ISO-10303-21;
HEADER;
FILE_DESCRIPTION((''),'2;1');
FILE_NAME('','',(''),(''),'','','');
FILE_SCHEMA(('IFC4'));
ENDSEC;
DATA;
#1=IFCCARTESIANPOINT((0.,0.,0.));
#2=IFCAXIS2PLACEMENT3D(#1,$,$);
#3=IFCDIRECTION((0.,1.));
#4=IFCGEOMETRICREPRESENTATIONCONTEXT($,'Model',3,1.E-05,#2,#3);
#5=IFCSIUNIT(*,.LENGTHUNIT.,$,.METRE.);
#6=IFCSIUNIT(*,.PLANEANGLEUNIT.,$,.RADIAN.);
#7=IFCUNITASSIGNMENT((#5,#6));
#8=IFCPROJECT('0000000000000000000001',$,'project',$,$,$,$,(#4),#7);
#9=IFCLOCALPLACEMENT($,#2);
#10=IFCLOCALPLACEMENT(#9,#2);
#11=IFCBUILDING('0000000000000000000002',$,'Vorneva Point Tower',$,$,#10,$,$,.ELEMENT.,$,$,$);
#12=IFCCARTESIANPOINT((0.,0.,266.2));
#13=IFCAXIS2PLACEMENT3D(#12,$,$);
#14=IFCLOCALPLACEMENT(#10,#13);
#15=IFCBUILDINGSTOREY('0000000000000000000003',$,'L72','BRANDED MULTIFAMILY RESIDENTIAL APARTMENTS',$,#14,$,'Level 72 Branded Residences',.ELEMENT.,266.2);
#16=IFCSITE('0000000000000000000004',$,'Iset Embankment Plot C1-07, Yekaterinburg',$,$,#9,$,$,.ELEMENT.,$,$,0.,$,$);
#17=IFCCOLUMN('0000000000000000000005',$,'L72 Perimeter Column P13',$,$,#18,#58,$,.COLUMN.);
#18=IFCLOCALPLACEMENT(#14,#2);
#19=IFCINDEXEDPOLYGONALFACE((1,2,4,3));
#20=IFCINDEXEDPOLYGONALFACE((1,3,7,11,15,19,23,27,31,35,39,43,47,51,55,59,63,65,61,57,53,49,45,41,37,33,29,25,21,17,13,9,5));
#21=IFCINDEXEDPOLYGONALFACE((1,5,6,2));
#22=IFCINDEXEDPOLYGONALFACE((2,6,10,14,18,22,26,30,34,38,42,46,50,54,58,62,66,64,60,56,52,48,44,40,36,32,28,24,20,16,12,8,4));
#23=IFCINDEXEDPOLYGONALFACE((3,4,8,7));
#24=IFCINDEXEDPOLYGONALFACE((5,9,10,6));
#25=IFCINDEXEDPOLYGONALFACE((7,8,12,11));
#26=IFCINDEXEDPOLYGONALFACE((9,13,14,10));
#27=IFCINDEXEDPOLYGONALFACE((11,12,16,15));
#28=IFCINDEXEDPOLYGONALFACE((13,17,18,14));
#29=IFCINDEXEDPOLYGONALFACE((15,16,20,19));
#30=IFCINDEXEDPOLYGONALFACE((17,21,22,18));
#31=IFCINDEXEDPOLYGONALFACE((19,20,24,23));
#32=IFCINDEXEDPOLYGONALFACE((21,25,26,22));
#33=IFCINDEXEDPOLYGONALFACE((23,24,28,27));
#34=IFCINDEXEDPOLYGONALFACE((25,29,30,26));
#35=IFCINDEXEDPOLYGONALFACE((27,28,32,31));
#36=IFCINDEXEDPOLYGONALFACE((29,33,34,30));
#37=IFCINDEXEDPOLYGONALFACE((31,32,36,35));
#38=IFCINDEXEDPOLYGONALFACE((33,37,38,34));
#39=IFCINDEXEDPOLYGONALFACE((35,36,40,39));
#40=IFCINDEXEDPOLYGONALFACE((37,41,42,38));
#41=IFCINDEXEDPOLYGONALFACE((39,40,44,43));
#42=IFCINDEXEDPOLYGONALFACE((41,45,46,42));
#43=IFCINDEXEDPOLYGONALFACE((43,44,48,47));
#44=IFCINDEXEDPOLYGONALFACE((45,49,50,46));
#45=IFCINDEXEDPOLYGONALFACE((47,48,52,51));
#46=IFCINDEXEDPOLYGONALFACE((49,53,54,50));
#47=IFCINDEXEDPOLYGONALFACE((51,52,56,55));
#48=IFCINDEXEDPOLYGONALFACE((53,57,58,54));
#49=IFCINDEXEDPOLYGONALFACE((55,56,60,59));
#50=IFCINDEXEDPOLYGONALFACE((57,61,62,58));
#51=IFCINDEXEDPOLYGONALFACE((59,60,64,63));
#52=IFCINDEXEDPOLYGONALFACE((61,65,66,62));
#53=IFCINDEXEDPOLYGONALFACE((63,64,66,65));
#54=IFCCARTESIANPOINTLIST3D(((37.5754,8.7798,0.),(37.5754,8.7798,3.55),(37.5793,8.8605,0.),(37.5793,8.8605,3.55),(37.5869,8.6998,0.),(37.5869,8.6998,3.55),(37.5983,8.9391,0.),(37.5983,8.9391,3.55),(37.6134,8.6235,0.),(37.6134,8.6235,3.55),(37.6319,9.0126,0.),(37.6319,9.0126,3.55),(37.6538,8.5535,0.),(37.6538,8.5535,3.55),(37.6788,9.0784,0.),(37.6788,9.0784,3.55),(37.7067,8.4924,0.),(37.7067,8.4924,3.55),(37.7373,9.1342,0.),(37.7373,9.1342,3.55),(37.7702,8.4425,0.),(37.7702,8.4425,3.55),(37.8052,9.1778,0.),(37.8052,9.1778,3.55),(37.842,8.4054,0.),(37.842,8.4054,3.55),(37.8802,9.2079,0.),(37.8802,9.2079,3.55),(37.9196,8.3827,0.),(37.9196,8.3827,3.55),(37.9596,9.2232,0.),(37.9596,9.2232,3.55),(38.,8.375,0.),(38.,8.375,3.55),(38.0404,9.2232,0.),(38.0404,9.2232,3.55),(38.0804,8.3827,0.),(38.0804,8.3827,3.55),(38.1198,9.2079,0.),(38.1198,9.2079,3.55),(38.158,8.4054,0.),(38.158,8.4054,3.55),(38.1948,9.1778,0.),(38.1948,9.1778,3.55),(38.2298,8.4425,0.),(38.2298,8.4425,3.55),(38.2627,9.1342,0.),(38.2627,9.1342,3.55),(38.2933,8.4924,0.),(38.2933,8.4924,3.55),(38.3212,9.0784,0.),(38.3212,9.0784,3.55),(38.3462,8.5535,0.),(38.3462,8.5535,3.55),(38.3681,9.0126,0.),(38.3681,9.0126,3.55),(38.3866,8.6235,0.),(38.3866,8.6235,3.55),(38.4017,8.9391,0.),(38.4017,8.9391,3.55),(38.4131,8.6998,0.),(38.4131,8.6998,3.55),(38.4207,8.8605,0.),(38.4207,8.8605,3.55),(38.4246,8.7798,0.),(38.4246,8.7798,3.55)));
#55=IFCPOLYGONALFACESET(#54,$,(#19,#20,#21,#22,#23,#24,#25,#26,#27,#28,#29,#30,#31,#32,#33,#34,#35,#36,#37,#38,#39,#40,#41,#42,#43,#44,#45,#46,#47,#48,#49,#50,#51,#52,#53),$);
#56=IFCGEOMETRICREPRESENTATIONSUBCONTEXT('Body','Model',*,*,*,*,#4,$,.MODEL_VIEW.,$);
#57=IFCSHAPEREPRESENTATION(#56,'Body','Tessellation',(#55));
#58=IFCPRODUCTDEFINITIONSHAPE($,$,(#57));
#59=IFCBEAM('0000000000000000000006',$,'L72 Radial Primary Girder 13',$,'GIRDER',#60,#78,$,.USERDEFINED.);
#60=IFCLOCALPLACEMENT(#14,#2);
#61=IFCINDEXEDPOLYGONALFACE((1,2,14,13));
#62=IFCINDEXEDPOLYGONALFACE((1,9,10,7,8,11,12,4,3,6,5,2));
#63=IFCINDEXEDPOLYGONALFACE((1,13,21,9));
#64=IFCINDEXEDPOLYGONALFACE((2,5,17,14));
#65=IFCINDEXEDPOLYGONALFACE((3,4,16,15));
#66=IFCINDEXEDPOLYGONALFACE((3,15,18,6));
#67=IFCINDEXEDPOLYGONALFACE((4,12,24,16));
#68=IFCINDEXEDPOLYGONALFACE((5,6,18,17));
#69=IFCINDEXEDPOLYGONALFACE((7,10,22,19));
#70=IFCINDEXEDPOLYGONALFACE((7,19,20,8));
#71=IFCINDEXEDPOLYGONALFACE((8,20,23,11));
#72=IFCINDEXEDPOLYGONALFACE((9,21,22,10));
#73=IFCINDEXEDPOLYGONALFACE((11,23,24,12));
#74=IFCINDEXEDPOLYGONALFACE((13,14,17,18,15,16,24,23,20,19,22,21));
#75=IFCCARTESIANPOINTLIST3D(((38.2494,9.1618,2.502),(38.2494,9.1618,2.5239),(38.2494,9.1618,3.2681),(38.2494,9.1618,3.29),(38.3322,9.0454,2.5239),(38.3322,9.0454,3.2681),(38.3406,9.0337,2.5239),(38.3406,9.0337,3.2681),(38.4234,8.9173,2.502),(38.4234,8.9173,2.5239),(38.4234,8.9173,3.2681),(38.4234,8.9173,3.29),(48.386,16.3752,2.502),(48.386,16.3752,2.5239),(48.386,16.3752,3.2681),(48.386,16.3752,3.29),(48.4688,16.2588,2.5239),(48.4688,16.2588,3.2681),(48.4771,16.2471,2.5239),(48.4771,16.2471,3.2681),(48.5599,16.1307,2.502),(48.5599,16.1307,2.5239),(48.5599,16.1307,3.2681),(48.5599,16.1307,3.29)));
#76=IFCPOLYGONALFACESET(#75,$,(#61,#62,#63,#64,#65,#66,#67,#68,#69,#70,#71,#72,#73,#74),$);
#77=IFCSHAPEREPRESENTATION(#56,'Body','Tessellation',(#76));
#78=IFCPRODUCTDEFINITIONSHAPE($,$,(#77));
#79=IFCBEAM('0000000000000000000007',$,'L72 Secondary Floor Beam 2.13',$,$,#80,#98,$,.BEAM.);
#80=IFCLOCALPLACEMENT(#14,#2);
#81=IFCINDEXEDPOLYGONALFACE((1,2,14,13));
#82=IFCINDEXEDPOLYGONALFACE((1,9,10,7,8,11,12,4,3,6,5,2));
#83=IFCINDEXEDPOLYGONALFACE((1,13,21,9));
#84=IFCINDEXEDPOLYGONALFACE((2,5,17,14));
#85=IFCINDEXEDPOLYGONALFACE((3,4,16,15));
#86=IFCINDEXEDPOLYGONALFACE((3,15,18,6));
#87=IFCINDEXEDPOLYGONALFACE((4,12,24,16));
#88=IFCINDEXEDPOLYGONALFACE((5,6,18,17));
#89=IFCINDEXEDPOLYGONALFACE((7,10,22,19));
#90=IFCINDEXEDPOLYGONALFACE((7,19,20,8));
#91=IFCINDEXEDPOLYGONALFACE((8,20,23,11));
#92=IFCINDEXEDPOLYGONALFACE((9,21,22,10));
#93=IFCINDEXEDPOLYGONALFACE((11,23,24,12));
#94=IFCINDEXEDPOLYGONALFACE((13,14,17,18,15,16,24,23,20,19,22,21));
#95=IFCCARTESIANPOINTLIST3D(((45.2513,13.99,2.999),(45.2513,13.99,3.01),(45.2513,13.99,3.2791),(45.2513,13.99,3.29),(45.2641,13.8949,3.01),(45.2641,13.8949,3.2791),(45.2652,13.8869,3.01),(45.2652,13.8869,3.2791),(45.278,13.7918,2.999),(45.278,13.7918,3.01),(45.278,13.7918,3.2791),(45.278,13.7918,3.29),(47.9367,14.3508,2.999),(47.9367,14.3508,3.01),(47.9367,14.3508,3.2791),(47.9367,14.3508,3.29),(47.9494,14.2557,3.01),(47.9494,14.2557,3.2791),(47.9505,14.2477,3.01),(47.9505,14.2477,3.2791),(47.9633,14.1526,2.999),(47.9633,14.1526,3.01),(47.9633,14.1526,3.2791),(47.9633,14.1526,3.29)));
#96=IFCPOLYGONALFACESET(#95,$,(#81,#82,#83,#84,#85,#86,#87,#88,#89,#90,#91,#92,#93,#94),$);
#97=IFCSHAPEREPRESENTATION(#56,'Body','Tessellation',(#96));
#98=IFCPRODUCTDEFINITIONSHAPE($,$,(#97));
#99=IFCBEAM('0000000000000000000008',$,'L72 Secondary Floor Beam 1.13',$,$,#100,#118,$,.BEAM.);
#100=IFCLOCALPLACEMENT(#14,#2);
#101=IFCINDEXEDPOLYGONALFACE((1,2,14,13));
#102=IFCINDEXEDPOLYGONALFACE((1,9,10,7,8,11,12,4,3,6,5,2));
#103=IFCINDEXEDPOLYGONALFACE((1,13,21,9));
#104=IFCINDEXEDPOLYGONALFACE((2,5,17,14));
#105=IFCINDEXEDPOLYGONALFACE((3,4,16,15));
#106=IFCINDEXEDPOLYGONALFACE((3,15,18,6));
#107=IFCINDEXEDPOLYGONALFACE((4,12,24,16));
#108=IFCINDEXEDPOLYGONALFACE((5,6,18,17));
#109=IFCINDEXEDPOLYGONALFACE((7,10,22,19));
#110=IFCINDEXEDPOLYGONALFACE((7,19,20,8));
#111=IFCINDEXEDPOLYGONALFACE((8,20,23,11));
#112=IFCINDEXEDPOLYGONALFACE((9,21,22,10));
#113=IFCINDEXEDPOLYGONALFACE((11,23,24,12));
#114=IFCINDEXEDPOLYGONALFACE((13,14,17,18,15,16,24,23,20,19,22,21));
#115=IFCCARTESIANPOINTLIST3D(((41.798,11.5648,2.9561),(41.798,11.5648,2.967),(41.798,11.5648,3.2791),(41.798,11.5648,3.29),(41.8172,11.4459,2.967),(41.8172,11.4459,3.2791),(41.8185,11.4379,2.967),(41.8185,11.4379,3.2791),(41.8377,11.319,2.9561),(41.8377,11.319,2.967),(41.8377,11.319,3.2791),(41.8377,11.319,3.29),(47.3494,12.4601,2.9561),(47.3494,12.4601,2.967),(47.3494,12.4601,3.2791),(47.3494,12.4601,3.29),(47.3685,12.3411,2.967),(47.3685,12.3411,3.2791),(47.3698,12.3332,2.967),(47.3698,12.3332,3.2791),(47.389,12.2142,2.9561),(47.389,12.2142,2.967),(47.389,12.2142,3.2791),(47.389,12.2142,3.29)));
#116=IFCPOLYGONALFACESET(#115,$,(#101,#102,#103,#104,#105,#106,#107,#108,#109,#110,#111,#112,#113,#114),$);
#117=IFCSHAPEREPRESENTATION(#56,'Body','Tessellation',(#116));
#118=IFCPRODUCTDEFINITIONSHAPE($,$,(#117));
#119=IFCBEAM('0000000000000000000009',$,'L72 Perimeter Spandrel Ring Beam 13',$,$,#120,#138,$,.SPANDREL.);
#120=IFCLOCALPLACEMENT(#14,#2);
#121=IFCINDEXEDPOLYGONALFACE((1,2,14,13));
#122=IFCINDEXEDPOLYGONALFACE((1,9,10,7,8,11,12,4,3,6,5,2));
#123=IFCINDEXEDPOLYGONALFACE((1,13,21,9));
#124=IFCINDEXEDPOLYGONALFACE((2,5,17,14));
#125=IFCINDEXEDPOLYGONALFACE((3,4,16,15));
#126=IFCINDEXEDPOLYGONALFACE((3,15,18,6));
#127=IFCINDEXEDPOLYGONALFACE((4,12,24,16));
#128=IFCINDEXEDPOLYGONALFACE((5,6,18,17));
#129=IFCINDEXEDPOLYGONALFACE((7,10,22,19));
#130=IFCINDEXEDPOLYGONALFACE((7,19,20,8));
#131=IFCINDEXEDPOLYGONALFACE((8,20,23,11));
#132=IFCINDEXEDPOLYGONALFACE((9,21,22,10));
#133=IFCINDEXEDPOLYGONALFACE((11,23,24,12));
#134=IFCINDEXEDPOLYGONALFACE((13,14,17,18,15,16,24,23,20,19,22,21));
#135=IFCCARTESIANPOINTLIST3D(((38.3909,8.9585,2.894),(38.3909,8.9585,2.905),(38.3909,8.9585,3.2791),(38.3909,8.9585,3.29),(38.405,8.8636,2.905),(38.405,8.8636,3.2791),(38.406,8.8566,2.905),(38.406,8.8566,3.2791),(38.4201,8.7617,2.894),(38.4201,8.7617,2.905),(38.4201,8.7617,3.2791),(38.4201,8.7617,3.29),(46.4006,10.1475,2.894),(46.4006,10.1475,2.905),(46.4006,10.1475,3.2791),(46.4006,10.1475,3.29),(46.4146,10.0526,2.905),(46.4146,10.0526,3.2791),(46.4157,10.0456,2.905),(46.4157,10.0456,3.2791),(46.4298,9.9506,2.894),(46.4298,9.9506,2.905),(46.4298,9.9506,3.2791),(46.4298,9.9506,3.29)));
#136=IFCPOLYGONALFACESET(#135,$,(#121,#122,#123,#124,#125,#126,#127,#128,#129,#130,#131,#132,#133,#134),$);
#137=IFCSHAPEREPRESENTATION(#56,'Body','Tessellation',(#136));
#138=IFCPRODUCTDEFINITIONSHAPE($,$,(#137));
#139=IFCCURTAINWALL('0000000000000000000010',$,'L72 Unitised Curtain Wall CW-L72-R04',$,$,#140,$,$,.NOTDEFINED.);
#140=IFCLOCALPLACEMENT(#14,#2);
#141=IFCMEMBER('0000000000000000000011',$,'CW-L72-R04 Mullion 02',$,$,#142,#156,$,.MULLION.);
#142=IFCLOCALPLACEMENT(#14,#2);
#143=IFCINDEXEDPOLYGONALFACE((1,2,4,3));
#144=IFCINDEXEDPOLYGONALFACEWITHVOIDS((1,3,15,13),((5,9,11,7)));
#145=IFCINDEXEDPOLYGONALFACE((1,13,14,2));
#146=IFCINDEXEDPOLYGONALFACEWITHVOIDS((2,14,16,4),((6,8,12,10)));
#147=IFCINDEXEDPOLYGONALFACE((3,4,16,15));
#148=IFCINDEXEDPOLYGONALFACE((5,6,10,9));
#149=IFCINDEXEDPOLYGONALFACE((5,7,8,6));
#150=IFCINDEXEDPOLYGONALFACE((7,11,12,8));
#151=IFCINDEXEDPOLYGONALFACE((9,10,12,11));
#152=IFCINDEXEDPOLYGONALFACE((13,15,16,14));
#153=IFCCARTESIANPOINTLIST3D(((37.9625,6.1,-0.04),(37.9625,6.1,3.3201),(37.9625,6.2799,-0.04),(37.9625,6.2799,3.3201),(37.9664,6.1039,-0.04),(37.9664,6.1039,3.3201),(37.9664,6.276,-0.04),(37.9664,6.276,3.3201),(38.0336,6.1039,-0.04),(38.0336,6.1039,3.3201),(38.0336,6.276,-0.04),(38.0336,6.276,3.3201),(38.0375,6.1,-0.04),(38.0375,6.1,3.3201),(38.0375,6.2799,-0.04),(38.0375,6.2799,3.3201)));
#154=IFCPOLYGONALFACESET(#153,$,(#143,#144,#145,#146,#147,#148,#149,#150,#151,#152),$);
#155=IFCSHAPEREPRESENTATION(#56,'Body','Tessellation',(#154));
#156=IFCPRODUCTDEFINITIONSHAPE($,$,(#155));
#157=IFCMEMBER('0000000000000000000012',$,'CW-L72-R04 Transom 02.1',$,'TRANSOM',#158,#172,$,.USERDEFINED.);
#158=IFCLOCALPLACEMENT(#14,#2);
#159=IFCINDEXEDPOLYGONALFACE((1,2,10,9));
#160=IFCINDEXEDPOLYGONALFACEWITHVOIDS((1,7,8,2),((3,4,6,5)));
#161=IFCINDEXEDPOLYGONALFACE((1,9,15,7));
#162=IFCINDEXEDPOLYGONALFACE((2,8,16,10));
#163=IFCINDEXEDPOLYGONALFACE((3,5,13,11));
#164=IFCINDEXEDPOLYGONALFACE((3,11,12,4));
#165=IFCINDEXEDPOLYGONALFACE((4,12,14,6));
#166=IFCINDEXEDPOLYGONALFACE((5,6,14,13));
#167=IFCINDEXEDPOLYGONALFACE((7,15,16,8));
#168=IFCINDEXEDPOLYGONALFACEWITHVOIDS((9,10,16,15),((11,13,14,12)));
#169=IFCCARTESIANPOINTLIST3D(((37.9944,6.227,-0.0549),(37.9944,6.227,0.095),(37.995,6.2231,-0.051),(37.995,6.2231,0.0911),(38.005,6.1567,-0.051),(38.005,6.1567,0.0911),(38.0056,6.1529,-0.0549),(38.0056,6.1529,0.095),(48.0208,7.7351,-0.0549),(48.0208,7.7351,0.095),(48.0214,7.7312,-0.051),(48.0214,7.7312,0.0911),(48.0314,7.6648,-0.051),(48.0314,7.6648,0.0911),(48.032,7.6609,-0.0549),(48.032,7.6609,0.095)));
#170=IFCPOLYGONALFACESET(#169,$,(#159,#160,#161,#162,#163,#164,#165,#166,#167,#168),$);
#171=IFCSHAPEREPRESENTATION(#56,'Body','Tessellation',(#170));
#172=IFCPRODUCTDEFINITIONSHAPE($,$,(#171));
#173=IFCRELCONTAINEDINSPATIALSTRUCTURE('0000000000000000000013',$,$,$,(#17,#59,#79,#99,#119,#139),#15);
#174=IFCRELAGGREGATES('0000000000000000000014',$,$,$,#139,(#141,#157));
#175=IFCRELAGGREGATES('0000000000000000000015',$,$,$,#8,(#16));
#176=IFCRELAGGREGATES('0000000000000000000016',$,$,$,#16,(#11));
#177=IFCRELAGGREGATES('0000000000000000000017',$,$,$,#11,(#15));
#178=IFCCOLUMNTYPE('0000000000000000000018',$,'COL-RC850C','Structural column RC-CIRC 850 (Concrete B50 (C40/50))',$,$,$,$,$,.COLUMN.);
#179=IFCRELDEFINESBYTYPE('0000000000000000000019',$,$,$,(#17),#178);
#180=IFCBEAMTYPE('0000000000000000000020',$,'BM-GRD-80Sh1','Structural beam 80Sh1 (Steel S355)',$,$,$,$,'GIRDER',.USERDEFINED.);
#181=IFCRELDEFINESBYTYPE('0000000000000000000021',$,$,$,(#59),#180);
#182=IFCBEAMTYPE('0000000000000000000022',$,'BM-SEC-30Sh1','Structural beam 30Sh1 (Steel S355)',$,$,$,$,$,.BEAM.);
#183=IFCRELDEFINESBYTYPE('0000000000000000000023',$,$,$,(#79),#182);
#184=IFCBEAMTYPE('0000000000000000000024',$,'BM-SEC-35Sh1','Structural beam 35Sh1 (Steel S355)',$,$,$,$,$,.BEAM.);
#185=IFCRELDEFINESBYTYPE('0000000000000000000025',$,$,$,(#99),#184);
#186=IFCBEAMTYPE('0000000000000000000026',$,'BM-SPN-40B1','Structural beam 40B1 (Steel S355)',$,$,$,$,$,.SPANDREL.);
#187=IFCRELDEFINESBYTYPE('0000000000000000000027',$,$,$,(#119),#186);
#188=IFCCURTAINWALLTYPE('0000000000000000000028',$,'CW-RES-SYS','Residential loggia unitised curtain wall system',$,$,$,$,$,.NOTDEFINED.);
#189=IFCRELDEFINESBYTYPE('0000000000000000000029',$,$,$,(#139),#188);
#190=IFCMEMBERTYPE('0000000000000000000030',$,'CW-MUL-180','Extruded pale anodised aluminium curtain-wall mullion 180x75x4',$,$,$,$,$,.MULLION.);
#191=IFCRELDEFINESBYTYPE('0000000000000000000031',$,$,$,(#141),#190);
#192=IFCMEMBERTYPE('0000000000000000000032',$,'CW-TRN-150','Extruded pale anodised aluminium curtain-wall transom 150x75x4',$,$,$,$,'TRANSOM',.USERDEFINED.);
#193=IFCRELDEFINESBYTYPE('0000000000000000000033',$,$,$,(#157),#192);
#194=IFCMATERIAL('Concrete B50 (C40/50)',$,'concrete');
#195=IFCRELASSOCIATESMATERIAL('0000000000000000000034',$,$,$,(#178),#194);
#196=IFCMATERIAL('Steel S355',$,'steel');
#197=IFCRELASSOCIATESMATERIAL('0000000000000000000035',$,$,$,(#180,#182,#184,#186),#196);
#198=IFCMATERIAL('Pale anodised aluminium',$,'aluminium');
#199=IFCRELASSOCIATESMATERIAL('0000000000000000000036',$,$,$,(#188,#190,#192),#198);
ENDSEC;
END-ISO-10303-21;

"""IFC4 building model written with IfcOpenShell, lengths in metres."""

from ifc_helpers import new_model, si_unit, direction, frame, origin, origin_2d, place, context, subcontext, project, spatial, hollow_rectangle, circle, i_section, extrude, material, material_profile, profile_set, type_object, element, aggregate, save


model = new_model("IFC4")

# Units and contexts
model_context = context("Model", 3, precision=1e-05, world=origin(), true_north=direction((0.0, 1.0)))
body_context = subcontext(model_context, "Body", "Model", "MODEL_VIEW")
ifc_project = project(units=[si_unit("LENGTHUNIT", "METRE"), si_unit("PLANEANGLEUNIT", "RADIAN")], contexts=[model_context])

# Site, building, storey
site_placement = place(None, origin())
site = spatial("IfcSite", under=ifc_project, at=site_placement, Name="Iset Embankment Plot C1-07, Yekaterinburg", CompositionType="ELEMENT", RefElevation=0.0)
building_placement = place(site_placement, origin())
building = spatial("IfcBuilding", under=site, at=building_placement, Name="Vorneva Point Tower", CompositionType="ELEMENT")
storey_placement = place(building_placement, frame((0.0, 0.0, 266.2)))
storey = spatial("IfcBuildingStorey", under=building, at=storey_placement, Name="L72", Description="BRANDED MULTIFAMILY RESIDENTIAL APARTMENTS", LongName="Level 72 Branded Residences", CompositionType="ELEMENT", Elevation=266.2)

# Column
ifc_material_1 = material(Name="Concrete B50 (C40/50)", Category="concrete")
ifc_material_profile_1 = material_profile(ifc_material_1, circle(Radius=0.425, at=origin_2d()), Name="RC-CIRC 850")
ifc_profile_set_1 = profile_set([ifc_material_profile_1], Name="Concrete B50 (C40/50)")
column_type = type_object("IfcColumnType", Name="COL-RC850C", Description="Structural column RC-CIRC 850 (Concrete B50 (C40/50))", PredefinedType="COLUMN", material=ifc_profile_set_1)
column_placement = place(storey_placement, frame((38.0, 8.8, 0.0), z_axis=(0.0, 0.0, 1.0), x_axis=(0.0, -1.0, 0.0)))
element("IfcColumn", 1, at=column_placement, inside=storey, type_object=column_type, Name="L72 Perimeter Column P13", PredefinedType="COLUMN", context=body_context, shape_type="SweptSolid", body=[
    extrude(circle(Radius=0.425, at=origin_2d()), origin(), (0.0, 0.0, 1.0), 3.55),
])

# Beams
ifc_material_2 = material(Name="Steel S355", Category="steel")
ifc_material_profile_2 = material_profile(ifc_material_2, i_section(OverallWidth=0.3, OverallDepth=0.7881, WebThickness=0.0144, FlangeThickness=0.022, at=origin_2d()), Name="80Sh1")
ifc_profile_set_2 = profile_set([ifc_material_profile_2], Name="Steel S355")
beam_type_1 = type_object("IfcBeamType", Name="BM-GRD-80Sh1", Description="Structural beam 80Sh1 (Steel S355)", ElementType="GIRDER", PredefinedType="USERDEFINED", material=ifc_profile_set_2)
beam_1_placement = place(storey_placement, frame((38.3364, 9.0396, 2.896), z_axis=(0.814757, 0.579802, 0.0), x_axis=(-0.579802, 0.814757, 0.0)))
element("IfcBeam", 2, at=beam_1_placement, inside=storey, type_object=beam_type_1, Name="L72 Radial Primary Girder 13", ObjectType="GIRDER", PredefinedType="USERDEFINED", context=body_context, shape_type="SweptSolid", body=[
    extrude(i_section(OverallWidth=0.3, OverallDepth=0.7881, WebThickness=0.0144, FlangeThickness=0.022, at=origin_2d()), origin(), (0.0, 0.0, 1.0), 12.4412),
])
ifc_material_profile_3 = material_profile(ifc_material_2, i_section(OverallWidth=0.2, OverallDepth=0.291, WebThickness=0.0081, FlangeThickness=0.011, at=origin_2d()), Name="30Sh1")
ifc_profile_set_3 = profile_set([ifc_material_profile_3], Name="Steel S355")
beam_type_2 = type_object("IfcBeamType", Name="BM-SEC-30Sh1", Description="Structural beam 30Sh1 (Steel S355)", PredefinedType="BEAM", material=ifc_profile_set_3)
beam_2_placement = place(storey_placement, frame((45.2646, 13.8909, 3.1445), z_axis=(0.991092, 0.133179, 0.0), x_axis=(-0.133179, 0.991092, 0.0)))
element("IfcBeam", 3, at=beam_2_placement, inside=storey, type_object=beam_type_2, Name="L72 Secondary Floor Beam 2.13", PredefinedType="BEAM", context=body_context, shape_type="SweptSolid", body=[
    extrude(i_section(OverallWidth=0.2, OverallDepth=0.291, WebThickness=0.0081, FlangeThickness=0.011, at=origin_2d()), origin(), (0.0, 0.0, 1.0), 2.7095),
])
ifc_material_profile_4 = material_profile(ifc_material_2, i_section(OverallWidth=0.249, OverallDepth=0.334, WebThickness=0.0081, FlangeThickness=0.011, at=origin_2d()), Name="35Sh1")
ifc_profile_set_4 = profile_set([ifc_material_profile_4], Name="Steel S355")
beam_type_3 = type_object("IfcBeamType", Name="BM-SEC-35Sh1", Description="Structural beam 35Sh1 (Steel S355)", PredefinedType="BEAM", material=ifc_profile_set_4)
beam_3_placement = place(storey_placement, frame((41.8179, 11.4419, 3.123), z_axis=(0.987244, 0.159215, 0.0), x_axis=(-0.159215, 0.987244, 0.0)))
element("IfcBeam", 4, at=beam_3_placement, inside=storey, type_object=beam_type_3, Name="L72 Secondary Floor Beam 1.13", PredefinedType="BEAM", context=body_context, shape_type="SweptSolid", body=[
    extrude(i_section(OverallWidth=0.249, OverallDepth=0.334, WebThickness=0.0081, FlangeThickness=0.011, at=origin_2d()), origin(), (0.0, 0.0, 1.0), 5.623),
])
ifc_material_profile_5 = material_profile(ifc_material_2, i_section(OverallWidth=0.199, OverallDepth=0.396, WebThickness=0.0071, FlangeThickness=0.011, at=origin_2d()), Name="40B1")
ifc_profile_set_5 = profile_set([ifc_material_profile_5], Name="Steel S355")
beam_type_4 = type_object("IfcBeamType", Name="BM-SPN-40B1", Description="Structural beam 40B1 (Steel S355)", PredefinedType="SPANDREL", material=ifc_profile_set_5)
beam_4_placement = place(storey_placement, frame((38.4055, 8.8601, 3.092), z_axis=(0.989162, 0.146831, 0.0), x_axis=(-0.146831, 0.989162, 0.0)))
element("IfcBeam", 5, at=beam_4_placement, inside=storey, type_object=beam_type_4, Name="L72 Perimeter Spandrel Ring Beam 13", PredefinedType="SPANDREL", context=body_context, shape_type="SweptSolid", body=[
    extrude(i_section(OverallWidth=0.199, OverallDepth=0.396, WebThickness=0.0071, FlangeThickness=0.011, at=origin_2d()), origin(), (0.0, 0.0, 1.0), 8.0974),
])

# Curtain wall, members
ifc_material_3 = material(Name="Pale anodised aluminium", Category="aluminium")
curtain_wall_type = type_object("IfcCurtainWallType", Name="CW-RES-SYS", Description="Residential loggia unitised curtain wall system", PredefinedType="NOTDEFINED", material=ifc_material_3)
curtain_wall_placement = place(storey_placement, origin())
curtain_wall = element("IfcCurtainWall", 6, at=curtain_wall_placement, inside=storey, type_object=curtain_wall_type, Name="L72 Unitised Curtain Wall CW-L72-R04", PredefinedType="NOTDEFINED")
ifc_material_profile_6 = material_profile(ifc_material_3, hollow_rectangle(XDim=0.075, YDim=0.1799, WallThickness=0.0039, at=origin_2d()), Name="AL-MUL 180x75x4")
ifc_profile_set_6 = profile_set([ifc_material_profile_6], Name="Pale anodised aluminium")
member_type_1 = type_object("IfcMemberType", Name="CW-MUL-180", Description="Extruded pale anodised aluminium curtain-wall mullion 180x75x4", PredefinedType="MULLION", material=ifc_profile_set_6)
member_1_placement = place(storey_placement, frame((38.0, 6.1899, -0.04), z_axis=(0.0, 0.0, 1.0), x_axis=(1.0, 0.0, 0.0)))
member_1 = element("IfcMember", 7, at=member_1_placement, type_object=member_type_1, Name="CW-L72-R04 Mullion 02", PredefinedType="MULLION", context=body_context, shape_type="SweptSolid", body=[
    extrude(hollow_rectangle(XDim=0.075, YDim=0.1799, WallThickness=0.0039, at=origin_2d()), origin(), (0.0, 0.0, 1.0), 3.3601),
])
ifc_material_profile_7 = material_profile(ifc_material_3, hollow_rectangle(XDim=0.075, YDim=0.1499, WallThickness=0.0039, at=origin_2d()), Name="AL-TRN 150x75x4")
ifc_profile_set_7 = profile_set([ifc_material_profile_7], Name="Pale anodised aluminium")
member_type_2 = type_object("IfcMemberType", Name="CW-TRN-150", Description="Extruded pale anodised aluminium curtain-wall transom 150x75x4", ElementType="TRANSOM", PredefinedType="USERDEFINED", material=ifc_profile_set_7)
member_2_placement = place(storey_placement, frame((38.0, 6.1899, 0.02), z_axis=(0.988877, 0.148736, 0.0), x_axis=(-0.148736, 0.988877, 0.0)))
member_2 = element("IfcMember", 8, at=member_2_placement, type_object=member_type_2, Name="CW-L72-R04 Transom 02.1", ObjectType="TRANSOM", PredefinedType="USERDEFINED", context=body_context, shape_type="SweptSolid", body=[
    extrude(hollow_rectangle(XDim=0.075, YDim=0.1499, WallThickness=0.0039, at=origin_2d()), origin(), (0.0, 0.0, 1.0), 10.1392),
])
aggregate(curtain_wall, [member_1, member_2])

save(model, "model.ifc")
